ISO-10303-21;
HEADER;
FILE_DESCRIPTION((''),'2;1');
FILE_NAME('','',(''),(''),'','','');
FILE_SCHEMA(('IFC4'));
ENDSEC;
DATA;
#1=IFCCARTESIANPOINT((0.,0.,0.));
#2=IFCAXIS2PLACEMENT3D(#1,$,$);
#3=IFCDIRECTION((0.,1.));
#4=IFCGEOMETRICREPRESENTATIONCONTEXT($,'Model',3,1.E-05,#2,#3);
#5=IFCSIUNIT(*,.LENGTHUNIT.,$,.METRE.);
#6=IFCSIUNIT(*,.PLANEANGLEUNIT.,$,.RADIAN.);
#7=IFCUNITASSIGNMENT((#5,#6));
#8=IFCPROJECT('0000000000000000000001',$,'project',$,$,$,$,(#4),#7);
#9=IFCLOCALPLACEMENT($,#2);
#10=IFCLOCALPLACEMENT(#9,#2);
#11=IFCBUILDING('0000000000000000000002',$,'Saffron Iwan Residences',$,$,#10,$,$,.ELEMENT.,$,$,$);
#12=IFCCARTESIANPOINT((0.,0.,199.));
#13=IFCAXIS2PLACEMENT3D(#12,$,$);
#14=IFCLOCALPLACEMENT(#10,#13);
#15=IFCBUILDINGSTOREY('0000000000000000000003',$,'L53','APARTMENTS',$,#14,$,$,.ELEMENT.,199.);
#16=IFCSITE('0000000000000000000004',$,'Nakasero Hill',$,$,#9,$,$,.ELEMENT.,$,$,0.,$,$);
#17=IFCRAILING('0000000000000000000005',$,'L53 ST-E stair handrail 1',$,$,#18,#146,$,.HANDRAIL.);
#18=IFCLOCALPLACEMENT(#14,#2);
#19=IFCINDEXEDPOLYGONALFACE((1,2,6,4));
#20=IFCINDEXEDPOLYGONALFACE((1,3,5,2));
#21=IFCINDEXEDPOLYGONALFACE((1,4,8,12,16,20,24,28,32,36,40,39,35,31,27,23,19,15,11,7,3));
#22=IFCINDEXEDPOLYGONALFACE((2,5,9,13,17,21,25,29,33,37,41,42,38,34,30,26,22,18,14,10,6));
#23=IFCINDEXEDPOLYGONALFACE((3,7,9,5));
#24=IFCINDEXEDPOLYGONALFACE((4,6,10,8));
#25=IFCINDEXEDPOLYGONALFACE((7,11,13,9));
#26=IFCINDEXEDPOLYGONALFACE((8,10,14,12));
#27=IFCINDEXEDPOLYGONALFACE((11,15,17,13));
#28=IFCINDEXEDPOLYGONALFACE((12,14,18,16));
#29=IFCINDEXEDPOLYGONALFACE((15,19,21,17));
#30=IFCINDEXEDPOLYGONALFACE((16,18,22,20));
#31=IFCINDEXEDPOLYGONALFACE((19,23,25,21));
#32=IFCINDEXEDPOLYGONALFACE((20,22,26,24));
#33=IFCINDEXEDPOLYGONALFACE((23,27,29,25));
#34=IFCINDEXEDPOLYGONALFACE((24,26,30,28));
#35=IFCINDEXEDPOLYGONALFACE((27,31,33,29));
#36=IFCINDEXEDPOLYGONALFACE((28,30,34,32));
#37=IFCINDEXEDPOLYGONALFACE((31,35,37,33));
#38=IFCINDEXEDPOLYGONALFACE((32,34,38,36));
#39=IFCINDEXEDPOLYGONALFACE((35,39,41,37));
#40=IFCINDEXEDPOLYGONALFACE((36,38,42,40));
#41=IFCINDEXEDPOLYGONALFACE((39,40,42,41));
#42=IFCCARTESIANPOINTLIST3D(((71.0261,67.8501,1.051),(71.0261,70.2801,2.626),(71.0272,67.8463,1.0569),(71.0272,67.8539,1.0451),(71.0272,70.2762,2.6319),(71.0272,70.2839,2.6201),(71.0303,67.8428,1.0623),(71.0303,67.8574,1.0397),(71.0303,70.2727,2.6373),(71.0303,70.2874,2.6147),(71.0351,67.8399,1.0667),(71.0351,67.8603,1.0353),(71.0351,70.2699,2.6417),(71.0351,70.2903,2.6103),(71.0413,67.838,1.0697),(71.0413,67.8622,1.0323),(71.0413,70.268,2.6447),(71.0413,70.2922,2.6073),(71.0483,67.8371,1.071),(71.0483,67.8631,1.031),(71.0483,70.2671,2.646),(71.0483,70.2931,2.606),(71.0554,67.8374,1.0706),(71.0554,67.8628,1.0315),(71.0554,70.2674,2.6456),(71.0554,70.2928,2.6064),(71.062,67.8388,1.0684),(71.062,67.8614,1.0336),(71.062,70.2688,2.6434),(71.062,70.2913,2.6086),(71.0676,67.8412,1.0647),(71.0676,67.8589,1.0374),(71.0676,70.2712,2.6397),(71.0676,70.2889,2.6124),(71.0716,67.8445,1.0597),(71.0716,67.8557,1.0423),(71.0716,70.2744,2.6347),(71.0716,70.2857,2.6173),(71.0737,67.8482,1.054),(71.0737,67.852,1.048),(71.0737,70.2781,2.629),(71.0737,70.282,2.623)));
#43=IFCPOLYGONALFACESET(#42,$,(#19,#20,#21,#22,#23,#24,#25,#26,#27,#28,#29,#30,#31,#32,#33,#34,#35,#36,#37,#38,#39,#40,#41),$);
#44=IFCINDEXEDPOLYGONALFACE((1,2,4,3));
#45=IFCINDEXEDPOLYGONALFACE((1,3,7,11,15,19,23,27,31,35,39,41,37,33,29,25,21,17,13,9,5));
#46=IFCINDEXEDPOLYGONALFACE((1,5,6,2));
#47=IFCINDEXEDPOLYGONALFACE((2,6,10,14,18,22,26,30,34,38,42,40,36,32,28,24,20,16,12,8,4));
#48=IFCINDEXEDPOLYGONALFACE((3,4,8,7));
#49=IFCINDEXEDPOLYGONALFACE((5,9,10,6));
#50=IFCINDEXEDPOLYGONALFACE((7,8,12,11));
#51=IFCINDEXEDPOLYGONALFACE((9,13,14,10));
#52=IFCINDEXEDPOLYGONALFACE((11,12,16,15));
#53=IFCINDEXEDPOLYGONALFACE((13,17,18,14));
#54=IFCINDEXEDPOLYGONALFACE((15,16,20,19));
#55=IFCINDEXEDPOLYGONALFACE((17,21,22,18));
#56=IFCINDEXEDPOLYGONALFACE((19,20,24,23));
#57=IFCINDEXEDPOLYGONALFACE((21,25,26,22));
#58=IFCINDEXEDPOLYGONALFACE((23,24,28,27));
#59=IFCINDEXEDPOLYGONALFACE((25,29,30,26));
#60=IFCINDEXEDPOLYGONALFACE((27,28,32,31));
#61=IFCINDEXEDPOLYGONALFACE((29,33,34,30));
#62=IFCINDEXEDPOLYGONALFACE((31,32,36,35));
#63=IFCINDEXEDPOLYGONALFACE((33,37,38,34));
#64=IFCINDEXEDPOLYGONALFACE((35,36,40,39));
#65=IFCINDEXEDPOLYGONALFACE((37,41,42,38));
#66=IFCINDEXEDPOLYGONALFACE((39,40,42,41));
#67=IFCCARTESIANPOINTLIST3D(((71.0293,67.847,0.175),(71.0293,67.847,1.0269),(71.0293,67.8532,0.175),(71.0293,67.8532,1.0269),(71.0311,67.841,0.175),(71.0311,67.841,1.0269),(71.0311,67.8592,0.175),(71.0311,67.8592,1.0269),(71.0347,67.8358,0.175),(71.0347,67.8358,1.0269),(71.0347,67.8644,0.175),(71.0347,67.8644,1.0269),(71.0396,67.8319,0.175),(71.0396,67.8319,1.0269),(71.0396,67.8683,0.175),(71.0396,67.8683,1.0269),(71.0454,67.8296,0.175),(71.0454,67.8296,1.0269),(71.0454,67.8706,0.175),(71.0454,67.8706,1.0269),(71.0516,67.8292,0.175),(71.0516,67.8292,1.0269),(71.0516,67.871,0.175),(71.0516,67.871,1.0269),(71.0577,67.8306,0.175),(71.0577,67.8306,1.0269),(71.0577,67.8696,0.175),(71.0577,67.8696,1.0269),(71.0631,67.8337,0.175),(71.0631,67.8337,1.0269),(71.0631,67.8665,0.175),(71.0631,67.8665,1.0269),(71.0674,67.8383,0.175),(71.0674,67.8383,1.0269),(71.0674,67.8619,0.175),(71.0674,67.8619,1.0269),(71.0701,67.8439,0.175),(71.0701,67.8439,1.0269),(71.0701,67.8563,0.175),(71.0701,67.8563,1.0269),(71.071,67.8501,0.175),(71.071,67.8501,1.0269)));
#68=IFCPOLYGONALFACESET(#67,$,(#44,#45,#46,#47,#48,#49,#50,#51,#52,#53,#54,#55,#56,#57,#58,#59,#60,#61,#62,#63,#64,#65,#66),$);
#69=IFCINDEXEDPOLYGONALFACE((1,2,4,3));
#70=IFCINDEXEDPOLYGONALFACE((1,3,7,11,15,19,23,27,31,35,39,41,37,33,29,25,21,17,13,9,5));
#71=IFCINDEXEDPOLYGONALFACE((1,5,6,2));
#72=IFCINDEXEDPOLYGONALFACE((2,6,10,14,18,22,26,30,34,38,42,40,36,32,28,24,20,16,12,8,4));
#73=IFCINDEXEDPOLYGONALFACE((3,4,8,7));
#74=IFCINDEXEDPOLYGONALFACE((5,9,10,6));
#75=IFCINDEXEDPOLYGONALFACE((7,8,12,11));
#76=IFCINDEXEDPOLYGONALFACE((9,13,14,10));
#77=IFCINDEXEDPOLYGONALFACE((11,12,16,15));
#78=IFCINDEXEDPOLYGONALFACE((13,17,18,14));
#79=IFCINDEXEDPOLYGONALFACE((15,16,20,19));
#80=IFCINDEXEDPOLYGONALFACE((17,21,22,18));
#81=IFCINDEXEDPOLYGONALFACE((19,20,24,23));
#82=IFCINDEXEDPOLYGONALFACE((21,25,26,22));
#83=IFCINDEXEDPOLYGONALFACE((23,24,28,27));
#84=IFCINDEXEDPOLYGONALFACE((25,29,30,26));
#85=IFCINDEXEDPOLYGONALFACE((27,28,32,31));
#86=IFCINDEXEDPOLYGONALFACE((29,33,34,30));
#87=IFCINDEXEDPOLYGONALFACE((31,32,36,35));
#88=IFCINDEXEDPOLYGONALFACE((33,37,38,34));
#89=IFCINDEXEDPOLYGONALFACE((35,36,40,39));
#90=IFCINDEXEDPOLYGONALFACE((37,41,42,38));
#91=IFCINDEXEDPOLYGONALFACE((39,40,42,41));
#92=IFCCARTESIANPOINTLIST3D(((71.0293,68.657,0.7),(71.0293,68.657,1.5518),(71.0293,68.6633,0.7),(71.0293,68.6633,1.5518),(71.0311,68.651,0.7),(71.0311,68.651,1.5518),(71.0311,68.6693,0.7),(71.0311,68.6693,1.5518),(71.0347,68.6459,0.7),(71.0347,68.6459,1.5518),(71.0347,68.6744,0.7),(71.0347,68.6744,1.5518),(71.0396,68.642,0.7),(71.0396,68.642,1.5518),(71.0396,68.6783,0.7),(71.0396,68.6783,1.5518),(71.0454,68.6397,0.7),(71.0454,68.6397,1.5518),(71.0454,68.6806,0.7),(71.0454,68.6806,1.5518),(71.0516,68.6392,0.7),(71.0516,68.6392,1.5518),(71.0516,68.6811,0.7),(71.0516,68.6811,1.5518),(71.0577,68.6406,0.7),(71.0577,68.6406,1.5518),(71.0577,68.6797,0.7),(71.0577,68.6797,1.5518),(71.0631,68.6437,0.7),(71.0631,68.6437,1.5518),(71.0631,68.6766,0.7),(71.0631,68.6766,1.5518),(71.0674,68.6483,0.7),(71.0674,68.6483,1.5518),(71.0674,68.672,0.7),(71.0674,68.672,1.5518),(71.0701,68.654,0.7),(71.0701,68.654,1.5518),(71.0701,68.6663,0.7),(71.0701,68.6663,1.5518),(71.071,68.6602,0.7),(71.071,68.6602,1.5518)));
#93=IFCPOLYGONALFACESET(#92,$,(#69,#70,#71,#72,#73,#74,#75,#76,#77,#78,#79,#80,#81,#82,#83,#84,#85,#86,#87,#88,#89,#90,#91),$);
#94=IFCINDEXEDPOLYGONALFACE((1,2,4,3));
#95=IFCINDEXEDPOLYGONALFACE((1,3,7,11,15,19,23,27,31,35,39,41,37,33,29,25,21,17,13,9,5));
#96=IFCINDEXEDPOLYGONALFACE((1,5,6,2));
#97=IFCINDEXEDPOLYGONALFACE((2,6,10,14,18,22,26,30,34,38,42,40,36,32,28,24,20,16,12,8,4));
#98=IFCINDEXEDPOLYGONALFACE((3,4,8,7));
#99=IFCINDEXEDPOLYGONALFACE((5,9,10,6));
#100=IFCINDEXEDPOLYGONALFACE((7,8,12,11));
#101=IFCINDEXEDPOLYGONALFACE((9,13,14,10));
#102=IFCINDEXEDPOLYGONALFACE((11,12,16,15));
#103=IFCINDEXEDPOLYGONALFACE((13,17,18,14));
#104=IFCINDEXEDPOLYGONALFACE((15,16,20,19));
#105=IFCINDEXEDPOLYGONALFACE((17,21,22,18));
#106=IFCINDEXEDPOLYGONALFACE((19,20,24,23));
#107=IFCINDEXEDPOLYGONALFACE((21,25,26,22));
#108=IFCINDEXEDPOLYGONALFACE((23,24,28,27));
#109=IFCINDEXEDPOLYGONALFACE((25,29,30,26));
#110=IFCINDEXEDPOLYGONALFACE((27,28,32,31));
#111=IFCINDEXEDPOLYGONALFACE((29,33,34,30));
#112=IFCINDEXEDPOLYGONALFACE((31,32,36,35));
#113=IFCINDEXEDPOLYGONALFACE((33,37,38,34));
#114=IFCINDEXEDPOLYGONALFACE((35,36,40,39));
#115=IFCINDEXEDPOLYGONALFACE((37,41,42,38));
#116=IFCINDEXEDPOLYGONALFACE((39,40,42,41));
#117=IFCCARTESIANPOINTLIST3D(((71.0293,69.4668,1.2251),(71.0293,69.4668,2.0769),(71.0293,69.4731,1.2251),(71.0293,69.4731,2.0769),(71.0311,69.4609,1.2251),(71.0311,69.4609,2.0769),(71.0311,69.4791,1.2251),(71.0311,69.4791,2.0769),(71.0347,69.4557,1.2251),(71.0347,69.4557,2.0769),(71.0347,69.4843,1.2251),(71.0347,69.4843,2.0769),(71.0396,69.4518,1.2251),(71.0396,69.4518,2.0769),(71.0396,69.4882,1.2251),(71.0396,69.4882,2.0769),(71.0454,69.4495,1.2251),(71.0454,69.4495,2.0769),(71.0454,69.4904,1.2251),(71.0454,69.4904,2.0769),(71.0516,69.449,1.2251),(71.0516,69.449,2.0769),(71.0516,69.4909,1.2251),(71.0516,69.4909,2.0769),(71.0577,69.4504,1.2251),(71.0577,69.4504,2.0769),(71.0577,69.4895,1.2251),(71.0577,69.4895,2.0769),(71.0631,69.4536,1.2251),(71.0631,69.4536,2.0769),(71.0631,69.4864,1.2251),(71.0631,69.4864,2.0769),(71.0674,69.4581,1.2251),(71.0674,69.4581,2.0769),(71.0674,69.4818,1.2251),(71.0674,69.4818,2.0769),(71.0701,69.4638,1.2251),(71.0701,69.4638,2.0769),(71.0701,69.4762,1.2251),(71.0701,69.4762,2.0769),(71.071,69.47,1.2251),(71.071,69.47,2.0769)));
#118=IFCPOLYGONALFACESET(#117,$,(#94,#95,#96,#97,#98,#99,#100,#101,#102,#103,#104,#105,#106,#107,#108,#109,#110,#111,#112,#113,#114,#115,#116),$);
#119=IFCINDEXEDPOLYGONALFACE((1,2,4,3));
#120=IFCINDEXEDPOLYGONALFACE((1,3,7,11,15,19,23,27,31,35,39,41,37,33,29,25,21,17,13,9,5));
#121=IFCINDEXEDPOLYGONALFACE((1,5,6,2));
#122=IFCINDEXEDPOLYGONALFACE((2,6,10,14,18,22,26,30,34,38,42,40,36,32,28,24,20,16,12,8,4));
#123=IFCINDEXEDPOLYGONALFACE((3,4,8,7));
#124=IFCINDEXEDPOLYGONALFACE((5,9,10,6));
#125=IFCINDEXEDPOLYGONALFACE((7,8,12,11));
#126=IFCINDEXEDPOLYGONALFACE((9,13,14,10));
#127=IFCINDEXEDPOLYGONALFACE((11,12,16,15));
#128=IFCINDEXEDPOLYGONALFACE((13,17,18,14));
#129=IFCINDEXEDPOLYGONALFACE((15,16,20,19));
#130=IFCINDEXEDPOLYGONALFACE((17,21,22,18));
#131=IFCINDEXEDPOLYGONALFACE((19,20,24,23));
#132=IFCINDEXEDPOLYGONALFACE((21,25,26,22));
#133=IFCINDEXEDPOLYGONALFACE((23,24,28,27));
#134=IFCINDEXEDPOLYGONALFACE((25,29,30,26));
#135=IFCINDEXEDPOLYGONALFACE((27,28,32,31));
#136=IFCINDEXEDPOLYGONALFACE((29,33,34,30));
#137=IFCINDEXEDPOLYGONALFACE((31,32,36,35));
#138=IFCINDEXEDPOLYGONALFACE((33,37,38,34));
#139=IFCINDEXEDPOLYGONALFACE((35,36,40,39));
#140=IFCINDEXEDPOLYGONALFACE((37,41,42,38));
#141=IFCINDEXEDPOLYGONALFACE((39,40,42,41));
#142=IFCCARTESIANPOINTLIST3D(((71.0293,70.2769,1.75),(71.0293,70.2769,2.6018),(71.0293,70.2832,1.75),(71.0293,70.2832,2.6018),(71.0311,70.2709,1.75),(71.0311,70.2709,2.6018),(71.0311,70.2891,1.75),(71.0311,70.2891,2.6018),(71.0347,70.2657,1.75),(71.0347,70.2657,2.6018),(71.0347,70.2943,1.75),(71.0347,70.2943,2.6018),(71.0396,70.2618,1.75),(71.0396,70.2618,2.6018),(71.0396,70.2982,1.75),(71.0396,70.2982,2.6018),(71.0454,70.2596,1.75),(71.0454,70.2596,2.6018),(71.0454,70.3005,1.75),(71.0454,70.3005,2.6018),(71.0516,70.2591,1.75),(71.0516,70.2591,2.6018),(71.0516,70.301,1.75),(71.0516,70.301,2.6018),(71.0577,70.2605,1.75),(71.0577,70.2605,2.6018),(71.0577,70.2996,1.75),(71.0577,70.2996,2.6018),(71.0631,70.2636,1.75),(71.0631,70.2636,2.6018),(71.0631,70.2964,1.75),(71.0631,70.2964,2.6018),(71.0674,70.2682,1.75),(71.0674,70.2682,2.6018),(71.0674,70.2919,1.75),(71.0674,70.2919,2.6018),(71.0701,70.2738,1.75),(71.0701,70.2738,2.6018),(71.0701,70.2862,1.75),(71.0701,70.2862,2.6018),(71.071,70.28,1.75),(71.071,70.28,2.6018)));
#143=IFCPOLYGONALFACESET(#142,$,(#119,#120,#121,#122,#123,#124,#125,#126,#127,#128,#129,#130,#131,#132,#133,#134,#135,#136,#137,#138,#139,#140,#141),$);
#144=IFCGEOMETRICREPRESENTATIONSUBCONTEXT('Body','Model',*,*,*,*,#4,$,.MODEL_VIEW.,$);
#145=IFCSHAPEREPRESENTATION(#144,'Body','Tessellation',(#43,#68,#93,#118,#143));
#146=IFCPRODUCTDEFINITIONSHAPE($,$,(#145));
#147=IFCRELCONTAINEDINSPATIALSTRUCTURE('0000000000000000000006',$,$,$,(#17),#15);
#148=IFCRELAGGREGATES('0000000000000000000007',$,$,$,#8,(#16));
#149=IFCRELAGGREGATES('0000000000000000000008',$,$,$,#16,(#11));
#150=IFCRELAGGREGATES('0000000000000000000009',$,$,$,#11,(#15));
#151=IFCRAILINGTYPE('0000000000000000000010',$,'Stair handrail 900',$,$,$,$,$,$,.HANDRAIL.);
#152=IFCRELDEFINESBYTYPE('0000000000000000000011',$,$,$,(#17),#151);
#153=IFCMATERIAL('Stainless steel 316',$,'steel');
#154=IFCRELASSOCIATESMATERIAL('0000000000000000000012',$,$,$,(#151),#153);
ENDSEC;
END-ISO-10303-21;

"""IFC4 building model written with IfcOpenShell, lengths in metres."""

from ifc_helpers import new_model, si_unit, direction, frame, origin, origin_2d, place, context, subcontext, project, spatial, circle, extrude, material, type_object, element, save


model = new_model("IFC4")

# Units and contexts
model_context = context("Model", 3, precision=1e-05, world=origin(), true_north=direction((0.0, 1.0)))
body_context = subcontext(model_context, "Body", "Model", "MODEL_VIEW")
ifc_project = project(units=[si_unit("LENGTHUNIT", "METRE"), si_unit("PLANEANGLEUNIT", "RADIAN")], contexts=[model_context])

# Site, building, storey
site_placement = place(None, origin())
site = spatial("IfcSite", under=ifc_project, at=site_placement, Name="Nakasero Hill", CompositionType="ELEMENT", RefElevation=0.0)
building_placement = place(site_placement, origin())
building = spatial("IfcBuilding", under=site, at=building_placement, Name="Saffron Iwan Residences", CompositionType="ELEMENT")
storey_placement = place(building_placement, frame((0.0, 0.0, 199.0)))
storey = spatial("IfcBuildingStorey", under=building, at=storey_placement, Name="L53", Description="APARTMENTS", CompositionType="ELEMENT", Elevation=199.0)

# Railing
ifc_material_1 = material(Name="Stainless steel 316", Category="steel")
railing_type_1 = type_object("IfcRailingType", Name="Stair handrail 900", PredefinedType="HANDRAIL", material=ifc_material_1)
railing_1_placement = place(storey_placement, frame((71.05, 67.8501, 0.175)))
element("IfcRailing", 1, at=railing_1_placement, inside=storey, type_object=railing_type_1, Name="L53 ST-E stair handrail 1", PredefinedType="HANDRAIL", context=body_context, shape_type="SweptSolid", body=[
    extrude(circle(Radius=0.0239, at=origin_2d()), frame((0.0, 0.0, 0.876), z_axis=(0.0, 0.839154, 0.543894), x_axis=(-1.0, 0.0, 0.0)), (0.0, 0.0, 1.0), 2.8958),
    extrude(circle(Radius=0.021, at=origin_2d()), origin(), (0.0, 0.0, 1.0), 0.8518),
    extrude(circle(Radius=0.021, at=origin_2d()), frame((0.0, 0.8101, 0.5249)), (0.0, 0.0, 1.0), 0.8518),
    extrude(circle(Radius=0.021, at=origin_2d()), frame((0.0, 1.6199, 1.05)), (0.0, 0.0, 1.0), 0.8518),
    extrude(circle(Radius=0.021, at=origin_2d()), frame((0.0, 2.4299, 1.575)), (0.0, 0.0, 1.0), 0.8518),
])

save(model, "model.ifc")
